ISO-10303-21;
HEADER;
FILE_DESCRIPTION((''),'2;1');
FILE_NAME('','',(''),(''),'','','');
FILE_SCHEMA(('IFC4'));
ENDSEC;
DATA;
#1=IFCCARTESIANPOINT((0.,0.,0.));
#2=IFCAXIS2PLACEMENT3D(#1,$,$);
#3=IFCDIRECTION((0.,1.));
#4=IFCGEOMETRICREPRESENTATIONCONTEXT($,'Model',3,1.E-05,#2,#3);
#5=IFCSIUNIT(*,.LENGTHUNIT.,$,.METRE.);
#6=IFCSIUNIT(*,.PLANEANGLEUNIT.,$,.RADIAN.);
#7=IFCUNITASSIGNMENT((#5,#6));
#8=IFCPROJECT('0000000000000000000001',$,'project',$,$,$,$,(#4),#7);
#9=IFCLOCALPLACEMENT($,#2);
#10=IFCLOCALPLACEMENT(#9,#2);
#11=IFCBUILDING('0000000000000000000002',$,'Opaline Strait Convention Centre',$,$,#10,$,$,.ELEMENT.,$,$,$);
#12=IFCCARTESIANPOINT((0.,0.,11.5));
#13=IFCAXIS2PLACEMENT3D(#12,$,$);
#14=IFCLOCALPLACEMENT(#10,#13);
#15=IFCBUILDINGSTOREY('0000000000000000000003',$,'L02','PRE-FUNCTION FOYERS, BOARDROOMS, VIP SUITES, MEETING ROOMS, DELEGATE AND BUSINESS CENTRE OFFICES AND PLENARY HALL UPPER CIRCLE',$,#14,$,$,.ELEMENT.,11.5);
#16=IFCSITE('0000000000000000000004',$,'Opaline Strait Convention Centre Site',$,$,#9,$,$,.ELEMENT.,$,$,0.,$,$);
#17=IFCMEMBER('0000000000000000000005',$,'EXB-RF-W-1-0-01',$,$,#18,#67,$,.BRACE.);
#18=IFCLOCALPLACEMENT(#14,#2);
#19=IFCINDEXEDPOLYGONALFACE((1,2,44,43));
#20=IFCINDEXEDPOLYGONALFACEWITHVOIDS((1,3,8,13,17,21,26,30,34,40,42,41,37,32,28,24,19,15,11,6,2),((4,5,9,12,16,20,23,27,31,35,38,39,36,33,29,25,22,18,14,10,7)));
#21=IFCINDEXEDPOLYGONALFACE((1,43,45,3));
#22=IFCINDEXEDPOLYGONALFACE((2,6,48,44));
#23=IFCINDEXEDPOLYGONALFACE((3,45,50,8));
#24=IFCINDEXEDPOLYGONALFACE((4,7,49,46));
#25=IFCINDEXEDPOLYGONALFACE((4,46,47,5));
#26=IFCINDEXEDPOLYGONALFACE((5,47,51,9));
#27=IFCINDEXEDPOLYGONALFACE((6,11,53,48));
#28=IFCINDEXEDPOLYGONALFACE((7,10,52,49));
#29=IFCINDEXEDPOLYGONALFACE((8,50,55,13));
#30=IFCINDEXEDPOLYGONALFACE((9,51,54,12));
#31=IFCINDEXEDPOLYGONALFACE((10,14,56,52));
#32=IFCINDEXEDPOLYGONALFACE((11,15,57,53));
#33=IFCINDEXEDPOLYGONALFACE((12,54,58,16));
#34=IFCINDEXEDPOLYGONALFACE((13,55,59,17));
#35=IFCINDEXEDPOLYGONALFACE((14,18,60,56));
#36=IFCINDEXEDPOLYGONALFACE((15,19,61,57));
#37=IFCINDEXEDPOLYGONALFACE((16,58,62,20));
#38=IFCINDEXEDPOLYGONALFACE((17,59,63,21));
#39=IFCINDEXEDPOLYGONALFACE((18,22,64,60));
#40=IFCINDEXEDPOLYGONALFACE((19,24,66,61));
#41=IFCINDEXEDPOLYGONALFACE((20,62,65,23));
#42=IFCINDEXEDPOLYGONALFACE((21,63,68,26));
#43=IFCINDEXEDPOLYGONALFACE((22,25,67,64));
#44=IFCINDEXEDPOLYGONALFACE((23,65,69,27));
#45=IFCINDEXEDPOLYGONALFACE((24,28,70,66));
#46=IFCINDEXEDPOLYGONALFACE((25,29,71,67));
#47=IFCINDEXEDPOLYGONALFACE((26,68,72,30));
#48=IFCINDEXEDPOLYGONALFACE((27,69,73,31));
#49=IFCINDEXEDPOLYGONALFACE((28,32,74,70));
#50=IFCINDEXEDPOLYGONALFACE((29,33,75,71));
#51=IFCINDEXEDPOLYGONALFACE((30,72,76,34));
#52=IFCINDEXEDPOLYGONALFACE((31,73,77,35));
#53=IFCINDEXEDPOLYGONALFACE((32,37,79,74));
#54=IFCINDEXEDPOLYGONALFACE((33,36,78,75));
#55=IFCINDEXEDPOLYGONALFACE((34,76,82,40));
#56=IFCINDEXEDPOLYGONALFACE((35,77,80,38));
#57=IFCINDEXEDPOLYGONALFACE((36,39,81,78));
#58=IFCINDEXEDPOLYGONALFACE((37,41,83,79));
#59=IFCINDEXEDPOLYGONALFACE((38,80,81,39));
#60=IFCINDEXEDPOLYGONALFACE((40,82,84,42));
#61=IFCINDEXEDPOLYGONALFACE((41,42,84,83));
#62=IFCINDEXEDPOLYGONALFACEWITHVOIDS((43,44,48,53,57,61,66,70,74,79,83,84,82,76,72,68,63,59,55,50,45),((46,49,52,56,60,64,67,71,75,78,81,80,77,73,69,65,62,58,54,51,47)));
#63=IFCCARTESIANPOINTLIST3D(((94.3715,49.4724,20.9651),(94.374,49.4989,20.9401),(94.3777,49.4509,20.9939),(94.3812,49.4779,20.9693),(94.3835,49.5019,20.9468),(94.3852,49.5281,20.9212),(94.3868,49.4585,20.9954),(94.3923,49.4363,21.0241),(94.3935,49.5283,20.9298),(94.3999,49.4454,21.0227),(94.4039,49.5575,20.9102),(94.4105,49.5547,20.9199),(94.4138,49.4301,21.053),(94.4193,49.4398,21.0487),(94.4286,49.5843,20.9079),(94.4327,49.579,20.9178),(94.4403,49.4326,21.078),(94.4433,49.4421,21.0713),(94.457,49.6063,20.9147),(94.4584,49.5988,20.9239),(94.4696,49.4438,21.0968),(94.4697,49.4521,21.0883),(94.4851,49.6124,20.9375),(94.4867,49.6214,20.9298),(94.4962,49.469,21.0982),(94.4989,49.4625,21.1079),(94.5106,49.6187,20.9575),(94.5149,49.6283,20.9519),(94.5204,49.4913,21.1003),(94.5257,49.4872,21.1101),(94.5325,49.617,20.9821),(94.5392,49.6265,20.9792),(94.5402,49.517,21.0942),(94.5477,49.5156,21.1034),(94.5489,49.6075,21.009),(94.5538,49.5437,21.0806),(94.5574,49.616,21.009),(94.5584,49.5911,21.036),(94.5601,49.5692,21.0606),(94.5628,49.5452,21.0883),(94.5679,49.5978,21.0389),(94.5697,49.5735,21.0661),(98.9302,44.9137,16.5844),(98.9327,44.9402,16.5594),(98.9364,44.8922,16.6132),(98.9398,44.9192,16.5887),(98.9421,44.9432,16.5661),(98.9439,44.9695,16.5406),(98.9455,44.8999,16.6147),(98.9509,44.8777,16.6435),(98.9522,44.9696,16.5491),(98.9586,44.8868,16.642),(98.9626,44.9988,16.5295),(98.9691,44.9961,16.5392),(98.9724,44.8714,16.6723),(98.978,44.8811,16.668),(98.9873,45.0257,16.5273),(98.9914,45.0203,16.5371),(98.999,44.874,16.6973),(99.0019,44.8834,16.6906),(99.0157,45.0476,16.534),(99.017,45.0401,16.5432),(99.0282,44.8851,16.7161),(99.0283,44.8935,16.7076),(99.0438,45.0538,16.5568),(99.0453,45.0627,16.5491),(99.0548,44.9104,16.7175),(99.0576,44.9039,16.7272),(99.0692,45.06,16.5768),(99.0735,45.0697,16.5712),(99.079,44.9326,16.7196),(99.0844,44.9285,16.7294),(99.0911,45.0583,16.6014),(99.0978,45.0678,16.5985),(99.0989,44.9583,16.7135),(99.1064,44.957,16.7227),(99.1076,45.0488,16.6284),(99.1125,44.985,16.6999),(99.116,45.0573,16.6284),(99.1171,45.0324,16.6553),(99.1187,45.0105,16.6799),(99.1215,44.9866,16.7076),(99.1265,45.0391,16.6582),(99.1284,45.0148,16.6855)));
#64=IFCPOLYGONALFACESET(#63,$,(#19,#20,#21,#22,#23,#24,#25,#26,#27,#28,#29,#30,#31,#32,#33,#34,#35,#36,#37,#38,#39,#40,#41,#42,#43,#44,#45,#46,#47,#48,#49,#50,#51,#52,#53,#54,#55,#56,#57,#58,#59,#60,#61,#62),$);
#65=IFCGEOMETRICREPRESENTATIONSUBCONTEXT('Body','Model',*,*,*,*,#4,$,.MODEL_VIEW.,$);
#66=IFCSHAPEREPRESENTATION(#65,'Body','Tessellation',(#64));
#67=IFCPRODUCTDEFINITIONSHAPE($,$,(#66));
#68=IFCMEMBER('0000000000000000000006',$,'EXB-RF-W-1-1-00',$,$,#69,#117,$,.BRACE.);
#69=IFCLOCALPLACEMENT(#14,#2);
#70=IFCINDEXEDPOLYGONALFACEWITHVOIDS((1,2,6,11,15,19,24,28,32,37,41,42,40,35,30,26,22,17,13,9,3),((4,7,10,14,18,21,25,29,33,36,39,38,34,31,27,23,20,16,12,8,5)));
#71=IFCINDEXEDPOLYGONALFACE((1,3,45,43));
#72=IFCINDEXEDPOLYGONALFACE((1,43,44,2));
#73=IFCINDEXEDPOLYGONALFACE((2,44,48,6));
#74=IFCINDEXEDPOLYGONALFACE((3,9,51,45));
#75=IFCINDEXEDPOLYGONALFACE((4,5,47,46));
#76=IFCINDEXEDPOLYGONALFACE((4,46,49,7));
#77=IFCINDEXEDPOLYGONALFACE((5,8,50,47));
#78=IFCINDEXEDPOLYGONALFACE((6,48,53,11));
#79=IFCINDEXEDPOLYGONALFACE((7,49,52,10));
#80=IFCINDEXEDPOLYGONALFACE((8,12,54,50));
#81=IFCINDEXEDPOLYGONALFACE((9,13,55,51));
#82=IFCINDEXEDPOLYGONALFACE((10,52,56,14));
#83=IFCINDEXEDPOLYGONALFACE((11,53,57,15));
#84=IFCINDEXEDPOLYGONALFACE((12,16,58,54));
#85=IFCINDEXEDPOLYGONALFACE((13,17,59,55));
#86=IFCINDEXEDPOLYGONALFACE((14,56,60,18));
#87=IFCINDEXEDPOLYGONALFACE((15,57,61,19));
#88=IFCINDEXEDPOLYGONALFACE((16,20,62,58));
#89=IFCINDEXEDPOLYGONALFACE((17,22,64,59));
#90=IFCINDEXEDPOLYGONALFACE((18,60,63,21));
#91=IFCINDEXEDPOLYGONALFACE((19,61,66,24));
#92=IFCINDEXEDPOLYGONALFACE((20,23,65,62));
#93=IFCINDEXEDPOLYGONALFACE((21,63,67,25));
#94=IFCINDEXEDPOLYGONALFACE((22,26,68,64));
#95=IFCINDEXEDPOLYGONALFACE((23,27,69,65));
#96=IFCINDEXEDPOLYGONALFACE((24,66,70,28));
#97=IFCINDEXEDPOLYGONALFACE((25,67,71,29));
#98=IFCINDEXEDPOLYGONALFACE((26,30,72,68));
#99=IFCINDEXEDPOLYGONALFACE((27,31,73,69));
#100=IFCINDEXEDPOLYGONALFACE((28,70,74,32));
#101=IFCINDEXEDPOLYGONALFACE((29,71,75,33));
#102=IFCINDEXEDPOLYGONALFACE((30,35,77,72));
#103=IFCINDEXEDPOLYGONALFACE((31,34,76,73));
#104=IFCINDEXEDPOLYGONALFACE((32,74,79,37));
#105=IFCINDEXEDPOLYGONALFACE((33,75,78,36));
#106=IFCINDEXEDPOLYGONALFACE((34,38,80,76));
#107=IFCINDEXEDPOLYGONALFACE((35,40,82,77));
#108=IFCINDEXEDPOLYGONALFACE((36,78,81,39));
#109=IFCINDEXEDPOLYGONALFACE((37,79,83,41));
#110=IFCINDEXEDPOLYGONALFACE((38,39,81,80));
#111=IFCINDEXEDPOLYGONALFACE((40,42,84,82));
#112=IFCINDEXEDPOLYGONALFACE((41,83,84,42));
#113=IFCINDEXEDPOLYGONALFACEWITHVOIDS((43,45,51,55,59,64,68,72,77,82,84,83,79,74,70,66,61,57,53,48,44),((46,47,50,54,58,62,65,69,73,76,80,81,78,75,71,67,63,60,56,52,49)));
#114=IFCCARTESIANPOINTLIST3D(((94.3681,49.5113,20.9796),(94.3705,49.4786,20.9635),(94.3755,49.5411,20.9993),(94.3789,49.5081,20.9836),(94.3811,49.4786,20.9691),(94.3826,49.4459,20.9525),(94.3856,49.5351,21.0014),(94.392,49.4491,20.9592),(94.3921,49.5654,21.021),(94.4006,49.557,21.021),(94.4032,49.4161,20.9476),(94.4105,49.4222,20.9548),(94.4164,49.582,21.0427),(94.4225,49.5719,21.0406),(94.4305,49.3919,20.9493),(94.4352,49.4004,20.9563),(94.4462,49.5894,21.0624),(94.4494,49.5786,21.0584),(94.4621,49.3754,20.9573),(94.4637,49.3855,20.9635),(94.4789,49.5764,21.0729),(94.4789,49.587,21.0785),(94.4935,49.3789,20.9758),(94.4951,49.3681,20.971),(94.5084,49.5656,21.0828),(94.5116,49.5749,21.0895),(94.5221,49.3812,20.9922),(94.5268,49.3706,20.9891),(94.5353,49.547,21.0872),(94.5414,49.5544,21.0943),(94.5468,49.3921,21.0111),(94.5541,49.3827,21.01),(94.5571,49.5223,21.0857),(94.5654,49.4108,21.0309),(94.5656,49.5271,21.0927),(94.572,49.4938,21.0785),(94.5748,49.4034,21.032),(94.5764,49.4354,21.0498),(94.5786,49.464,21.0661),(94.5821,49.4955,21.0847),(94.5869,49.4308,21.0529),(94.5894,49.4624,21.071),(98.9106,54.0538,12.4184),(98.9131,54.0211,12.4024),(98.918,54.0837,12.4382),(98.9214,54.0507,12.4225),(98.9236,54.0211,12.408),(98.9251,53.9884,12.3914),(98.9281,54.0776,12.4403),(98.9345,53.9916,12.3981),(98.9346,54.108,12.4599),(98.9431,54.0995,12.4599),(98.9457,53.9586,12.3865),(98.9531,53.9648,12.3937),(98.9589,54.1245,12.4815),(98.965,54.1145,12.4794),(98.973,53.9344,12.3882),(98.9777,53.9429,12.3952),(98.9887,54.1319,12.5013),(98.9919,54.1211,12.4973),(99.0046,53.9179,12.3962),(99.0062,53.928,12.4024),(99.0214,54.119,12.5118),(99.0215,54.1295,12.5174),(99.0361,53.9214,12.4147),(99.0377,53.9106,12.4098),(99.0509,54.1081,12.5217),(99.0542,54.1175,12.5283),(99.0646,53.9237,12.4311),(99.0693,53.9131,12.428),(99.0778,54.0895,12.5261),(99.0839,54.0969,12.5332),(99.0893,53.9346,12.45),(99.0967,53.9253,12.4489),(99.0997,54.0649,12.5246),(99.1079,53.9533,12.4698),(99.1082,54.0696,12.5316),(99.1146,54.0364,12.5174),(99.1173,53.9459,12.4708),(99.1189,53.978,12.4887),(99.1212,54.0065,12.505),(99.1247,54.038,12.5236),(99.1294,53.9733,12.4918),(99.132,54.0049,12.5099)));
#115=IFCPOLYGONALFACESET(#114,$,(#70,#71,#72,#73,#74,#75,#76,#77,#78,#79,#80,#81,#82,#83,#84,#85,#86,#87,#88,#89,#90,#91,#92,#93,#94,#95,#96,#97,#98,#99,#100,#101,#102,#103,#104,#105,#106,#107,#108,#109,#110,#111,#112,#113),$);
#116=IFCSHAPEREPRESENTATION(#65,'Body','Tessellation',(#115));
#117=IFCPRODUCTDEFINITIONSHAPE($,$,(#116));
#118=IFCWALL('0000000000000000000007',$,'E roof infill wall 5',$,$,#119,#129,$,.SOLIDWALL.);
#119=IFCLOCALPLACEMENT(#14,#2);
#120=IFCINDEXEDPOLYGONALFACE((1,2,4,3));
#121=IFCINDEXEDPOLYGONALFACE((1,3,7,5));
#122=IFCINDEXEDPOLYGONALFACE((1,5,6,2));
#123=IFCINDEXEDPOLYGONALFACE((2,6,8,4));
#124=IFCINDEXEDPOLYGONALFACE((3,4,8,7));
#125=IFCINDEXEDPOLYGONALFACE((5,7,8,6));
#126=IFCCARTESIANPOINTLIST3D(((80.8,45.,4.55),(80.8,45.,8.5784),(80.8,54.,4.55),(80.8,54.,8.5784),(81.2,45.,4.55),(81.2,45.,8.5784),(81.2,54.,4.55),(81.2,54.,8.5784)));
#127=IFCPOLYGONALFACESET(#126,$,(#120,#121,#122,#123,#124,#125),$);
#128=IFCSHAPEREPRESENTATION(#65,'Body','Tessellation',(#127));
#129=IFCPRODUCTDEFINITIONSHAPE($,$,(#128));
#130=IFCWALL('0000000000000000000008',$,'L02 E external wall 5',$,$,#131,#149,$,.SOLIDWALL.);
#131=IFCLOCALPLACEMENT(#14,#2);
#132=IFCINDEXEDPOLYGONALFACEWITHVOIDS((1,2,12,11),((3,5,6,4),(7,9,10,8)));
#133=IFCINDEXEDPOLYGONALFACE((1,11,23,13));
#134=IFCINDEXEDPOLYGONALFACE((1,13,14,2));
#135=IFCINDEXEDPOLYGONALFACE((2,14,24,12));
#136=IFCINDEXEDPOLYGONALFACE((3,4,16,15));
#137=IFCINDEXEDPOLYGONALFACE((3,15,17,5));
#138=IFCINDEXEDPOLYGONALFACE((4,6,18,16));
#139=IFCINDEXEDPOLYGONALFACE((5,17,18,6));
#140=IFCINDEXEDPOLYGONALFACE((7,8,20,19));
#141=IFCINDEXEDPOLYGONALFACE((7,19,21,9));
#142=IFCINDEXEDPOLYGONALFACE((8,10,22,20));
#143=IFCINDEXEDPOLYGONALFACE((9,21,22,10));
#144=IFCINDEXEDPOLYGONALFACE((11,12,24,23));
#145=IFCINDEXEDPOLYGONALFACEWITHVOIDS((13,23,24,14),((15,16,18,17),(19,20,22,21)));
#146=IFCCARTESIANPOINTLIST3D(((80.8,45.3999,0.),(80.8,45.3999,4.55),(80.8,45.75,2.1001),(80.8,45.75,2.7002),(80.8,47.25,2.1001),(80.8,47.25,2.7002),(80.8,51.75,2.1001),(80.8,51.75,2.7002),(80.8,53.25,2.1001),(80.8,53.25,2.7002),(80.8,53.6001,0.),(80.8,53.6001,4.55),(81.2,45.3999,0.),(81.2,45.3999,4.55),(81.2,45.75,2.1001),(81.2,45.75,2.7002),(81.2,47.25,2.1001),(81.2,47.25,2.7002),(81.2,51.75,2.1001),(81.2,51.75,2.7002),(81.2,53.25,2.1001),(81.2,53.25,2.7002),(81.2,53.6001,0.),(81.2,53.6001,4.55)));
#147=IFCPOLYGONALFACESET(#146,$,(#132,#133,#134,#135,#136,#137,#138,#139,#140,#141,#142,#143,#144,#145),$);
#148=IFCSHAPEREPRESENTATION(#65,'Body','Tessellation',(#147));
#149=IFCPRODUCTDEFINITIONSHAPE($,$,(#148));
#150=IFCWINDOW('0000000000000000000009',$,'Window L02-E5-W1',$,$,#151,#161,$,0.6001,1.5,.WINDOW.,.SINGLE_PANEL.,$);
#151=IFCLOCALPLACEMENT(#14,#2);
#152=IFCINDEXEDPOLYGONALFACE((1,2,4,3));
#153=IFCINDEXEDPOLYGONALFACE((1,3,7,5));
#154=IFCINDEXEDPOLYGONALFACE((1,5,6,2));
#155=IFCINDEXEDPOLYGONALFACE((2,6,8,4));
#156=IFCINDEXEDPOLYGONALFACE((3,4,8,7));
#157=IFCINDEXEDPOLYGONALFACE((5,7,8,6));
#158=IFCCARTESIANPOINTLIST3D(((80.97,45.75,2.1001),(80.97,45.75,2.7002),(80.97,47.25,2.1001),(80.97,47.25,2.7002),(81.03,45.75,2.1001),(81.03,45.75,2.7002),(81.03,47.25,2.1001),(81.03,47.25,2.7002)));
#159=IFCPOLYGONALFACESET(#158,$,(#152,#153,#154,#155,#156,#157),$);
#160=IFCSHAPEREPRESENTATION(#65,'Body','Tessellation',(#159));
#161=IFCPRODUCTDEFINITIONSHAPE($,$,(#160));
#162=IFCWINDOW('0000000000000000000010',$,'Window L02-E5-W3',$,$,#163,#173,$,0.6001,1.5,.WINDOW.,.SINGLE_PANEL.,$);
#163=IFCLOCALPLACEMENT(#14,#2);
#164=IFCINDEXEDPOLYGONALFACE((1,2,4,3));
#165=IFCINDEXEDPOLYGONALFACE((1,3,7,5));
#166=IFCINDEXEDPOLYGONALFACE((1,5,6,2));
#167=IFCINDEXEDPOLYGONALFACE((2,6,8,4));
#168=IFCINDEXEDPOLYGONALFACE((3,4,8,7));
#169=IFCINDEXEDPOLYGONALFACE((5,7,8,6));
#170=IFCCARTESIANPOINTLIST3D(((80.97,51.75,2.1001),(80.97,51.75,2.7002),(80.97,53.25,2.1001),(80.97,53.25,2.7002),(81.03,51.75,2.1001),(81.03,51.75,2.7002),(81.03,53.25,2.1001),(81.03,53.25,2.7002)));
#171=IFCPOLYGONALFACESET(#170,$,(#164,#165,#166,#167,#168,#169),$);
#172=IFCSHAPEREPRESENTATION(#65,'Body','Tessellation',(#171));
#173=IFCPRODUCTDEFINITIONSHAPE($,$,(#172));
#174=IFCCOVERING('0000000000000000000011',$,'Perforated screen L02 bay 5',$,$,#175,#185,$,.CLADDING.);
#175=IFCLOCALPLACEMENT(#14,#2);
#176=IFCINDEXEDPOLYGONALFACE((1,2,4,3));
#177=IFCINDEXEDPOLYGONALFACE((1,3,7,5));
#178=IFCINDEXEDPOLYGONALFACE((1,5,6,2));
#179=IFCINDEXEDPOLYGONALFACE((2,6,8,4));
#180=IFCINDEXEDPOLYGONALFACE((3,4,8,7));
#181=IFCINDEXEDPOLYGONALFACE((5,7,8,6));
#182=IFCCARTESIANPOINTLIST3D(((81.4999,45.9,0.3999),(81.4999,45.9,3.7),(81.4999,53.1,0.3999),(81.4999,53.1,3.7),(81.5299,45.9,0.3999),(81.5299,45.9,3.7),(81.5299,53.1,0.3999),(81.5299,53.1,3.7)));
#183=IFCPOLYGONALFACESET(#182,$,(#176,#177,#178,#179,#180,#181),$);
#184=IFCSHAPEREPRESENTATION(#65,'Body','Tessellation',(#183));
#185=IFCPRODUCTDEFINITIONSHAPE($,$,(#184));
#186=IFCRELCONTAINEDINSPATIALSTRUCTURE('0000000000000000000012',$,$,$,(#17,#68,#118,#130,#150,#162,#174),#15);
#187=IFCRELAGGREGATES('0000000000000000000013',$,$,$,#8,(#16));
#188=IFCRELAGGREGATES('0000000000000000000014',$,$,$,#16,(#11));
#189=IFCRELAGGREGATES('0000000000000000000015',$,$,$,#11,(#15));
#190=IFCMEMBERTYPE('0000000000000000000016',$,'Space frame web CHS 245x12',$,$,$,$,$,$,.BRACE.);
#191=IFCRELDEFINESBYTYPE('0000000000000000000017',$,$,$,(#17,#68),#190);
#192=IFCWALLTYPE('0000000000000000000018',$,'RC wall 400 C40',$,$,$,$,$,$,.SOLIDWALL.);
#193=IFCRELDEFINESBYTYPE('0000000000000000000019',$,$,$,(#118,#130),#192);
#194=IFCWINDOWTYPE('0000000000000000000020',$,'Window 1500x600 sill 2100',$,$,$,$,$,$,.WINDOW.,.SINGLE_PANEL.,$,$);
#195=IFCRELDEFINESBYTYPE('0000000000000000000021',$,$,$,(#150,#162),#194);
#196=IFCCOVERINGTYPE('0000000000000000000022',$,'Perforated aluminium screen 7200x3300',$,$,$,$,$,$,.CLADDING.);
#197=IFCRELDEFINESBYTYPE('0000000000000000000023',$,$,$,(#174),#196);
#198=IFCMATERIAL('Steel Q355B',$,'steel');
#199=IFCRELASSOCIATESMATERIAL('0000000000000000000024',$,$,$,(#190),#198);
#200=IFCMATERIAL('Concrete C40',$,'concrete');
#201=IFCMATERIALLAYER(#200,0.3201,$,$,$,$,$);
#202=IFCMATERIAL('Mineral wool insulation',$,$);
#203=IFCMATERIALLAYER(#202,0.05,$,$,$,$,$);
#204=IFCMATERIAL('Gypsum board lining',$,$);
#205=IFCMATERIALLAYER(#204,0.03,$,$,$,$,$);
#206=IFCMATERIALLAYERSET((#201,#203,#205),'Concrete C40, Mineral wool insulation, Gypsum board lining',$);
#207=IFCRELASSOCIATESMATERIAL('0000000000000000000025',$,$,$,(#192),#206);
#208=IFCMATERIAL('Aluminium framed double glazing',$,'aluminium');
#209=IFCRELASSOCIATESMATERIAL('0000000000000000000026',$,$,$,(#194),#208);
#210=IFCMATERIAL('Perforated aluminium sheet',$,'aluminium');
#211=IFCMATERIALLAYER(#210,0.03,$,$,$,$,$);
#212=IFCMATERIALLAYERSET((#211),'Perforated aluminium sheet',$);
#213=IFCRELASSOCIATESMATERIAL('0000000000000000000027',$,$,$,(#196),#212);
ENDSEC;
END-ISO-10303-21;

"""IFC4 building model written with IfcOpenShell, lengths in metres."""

from ifc_helpers import new_model, si_unit, direction, frame, frame_2d, origin, origin_2d, place, context, subcontext, project, spatial, rectangle, hollow_circle, extrude, material, layer, layer_set, material_profile, profile_set, type_object, element, fill, save


model = new_model("IFC4")

# Units and contexts
model_context = context("Model", 3, precision=1e-05, world=origin(), true_north=direction((0.0, 1.0)))
body_context = subcontext(model_context, "Body", "Model", "MODEL_VIEW")
ifc_project = project(units=[si_unit("LENGTHUNIT", "METRE"), si_unit("PLANEANGLEUNIT", "RADIAN")], contexts=[model_context])

# Site, building, storey
site_placement = place(None, origin())
site = spatial("IfcSite", under=ifc_project, at=site_placement, Name="Opaline Strait Convention Centre Site", CompositionType="ELEMENT", RefElevation=0.0)
building_placement = place(site_placement, origin())
building = spatial("IfcBuilding", under=site, at=building_placement, Name="Opaline Strait Convention Centre", CompositionType="ELEMENT")
storey_placement = place(building_placement, frame((0.0, 0.0, 11.5)))
storey = spatial("IfcBuildingStorey", under=building, at=storey_placement, Name="L02", Description="PRE-FUNCTION FOYERS, BOARDROOMS, VIP SUITES, MEETING ROOMS, DELEGATE AND BUSINESS CENTRE OFFICES AND PLENARY HALL UPPER CIRCLE", CompositionType="ELEMENT", Elevation=11.5)

# Shared definitions
ifc_material_1 = material(Name="Concrete C40", Category="concrete")

# Shared definitions
ifc_material_2 = material(Name="Steel Q355B", Category="steel")

# Members
ifc_material_profile_1 = material_profile(ifc_material_2, hollow_circle(Radius=0.1226, WallThickness=0.012, at=origin_2d()), Name="CHS 245x12")
ifc_profile_set_1 = profile_set([ifc_material_profile_1], Name="Steel Q355B")
member_type_1 = type_object("IfcMemberType", Name="Space frame web CHS 245x12", PredefinedType="BRACE", material=ifc_profile_set_1)
for number, where, z_axis, x_axis, name in (
    (1, (94.4707, 49.5293, 21.009), (0.584861, -0.584861, -0.562027), (0.707107, 0.707107, 0.0), "EXB-RF-W-1-0-01"),
):
    element("IfcMember", number, at=place(storey_placement, frame(where, z_axis=z_axis, x_axis=x_axis)), inside=storey, type_object=member_type_1, Name=name, PredefinedType="BRACE", context=body_context, shape_type="SweptSolid", body=[
        extrude(hollow_circle(Radius=0.1226, WallThickness=0.012, at=origin_2d()), origin(), (0.0, 0.0, 1.0), 7.7944),
    ])
member_1_placement = place(storey_placement, frame((94.4788, 49.4788, 21.021), z_axis=(0.424402, 0.424402, -0.799854), x_axis=(-0.707107, 0.707107, 0.0)))
element("IfcMember", 2, at=member_1_placement, inside=storey, type_object=member_type_1, Name="EXB-RF-W-1-1-00", PredefinedType="BRACE", context=body_context, shape_type="SweptSolid", body=[
    extrude(hollow_circle(Radius=0.1226, WallThickness=0.012, at=origin_2d()), origin(), (0.0, 0.0, 1.0), 10.7034),
])

# Wall
ifc_layer_1 = layer(ifc_material_1, 0.3201)
ifc_material_3 = material(Name="Mineral wool insulation")
ifc_layer_2 = layer(ifc_material_3, 0.05)
ifc_material_4 = material(Name="Gypsum board lining")
ifc_layer_3 = layer(ifc_material_4, 0.03)
ifc_layer_set_1 = layer_set([ifc_layer_1, ifc_layer_2, ifc_layer_3], Name="Concrete C40, Mineral wool insulation, Gypsum board lining")
wall_type = type_object("IfcWallType", Name="RC wall 400 C40", PredefinedType="SOLIDWALL", material=ifc_layer_set_1)
wall_1_placement = place(storey_placement, frame((81.0, 45.0, 4.55), z_axis=(0.0, 0.0, 1.0), x_axis=(0.0, 1.0, 0.0)))
element("IfcWall", 3, at=wall_1_placement, inside=storey, type_object=wall_type, Name="E roof infill wall 5", PredefinedType="SOLIDWALL", context=body_context, shape_type="SweptSolid", body=[
    extrude(rectangle(XDim=9.0, YDim=0.3999, at=frame_2d((4.5, 0.0))), origin(), (0.0, 0.0, 1.0), 4.0283),
])

# Wall, openings, windows
wall_2_placement = place(storey_placement, frame((81.0, 45.3999, 0.0), z_axis=(0.0, 0.0, 1.0), x_axis=(0.0, 1.0, 0.0)))
wall_2 = element("IfcWall", 4, at=wall_2_placement, inside=storey, type_object=wall_type, Name="L02 E external wall 5", PredefinedType="SOLIDWALL", context=body_context, shape_type="SweptSolid", body=[
    extrude(rectangle(XDim=8.2002, YDim=0.3999, at=frame_2d((4.1001, 0.0))), origin(), (0.0, 0.0, 1.0), 4.55),
])
opening_1_placement = place(wall_2_placement, frame((0.3501, 0.0, 2.1001)))
opening_1 = element("IfcOpeningElement", 5, at=opening_1_placement, cuts=wall_2, PredefinedType="OPENING", context=body_context, shape_type="SweptSolid", body=[
    extrude(rectangle(XDim=1.5, YDim=0.6001, at=frame_2d((0.75, 0.3))), frame((0.0, 0.21, 0.0), z_axis=(0.0, -1.0, 0.0), x_axis=(1.0, 0.0, 0.0)), (0.0, 0.0, 1.0), 0.4199),
])
opening_2_placement = place(wall_2_placement, frame((6.3501, 0.0, 2.1001)))
opening_2 = element("IfcOpeningElement", 6, at=opening_2_placement, cuts=wall_2, PredefinedType="OPENING", context=body_context, shape_type="SweptSolid", body=[
    extrude(rectangle(XDim=1.5, YDim=0.6001, at=frame_2d((0.75, 0.3))), frame((0.0, 0.21, 0.0), z_axis=(0.0, -1.0, 0.0), x_axis=(1.0, 0.0, 0.0)), (0.0, 0.0, 1.0), 0.4199),
])
ifc_material_5 = material(Name="Aluminium framed double glazing", Category="aluminium")
window_type = type_object("IfcWindowType", Name="Window 1500x600 sill 2100", PartitioningType="SINGLE_PANEL", PredefinedType="WINDOW", material=ifc_material_5)
window_1_placement = place(opening_1_placement, origin())
window_1 = element("IfcWindow", 7, at=window_1_placement, inside=storey, type_object=window_type, Name="Window L02-E5-W1", OverallHeight=0.6001, OverallWidth=1.5, PartitioningType="SINGLE_PANEL", PredefinedType="WINDOW", context=body_context, shape_type="SweptSolid", body=[
    extrude(rectangle(XDim=1.5, YDim=0.6001, at=frame_2d((0.75, 0.3))), frame((0.0, 0.03, 0.0), z_axis=(0.0, -1.0, 0.0), x_axis=(1.0, 0.0, 0.0)), (0.0, 0.0, 1.0), 0.0601),
])
fill(opening_1, window_1)
window_2_placement = place(opening_2_placement, origin())
window_2 = element("IfcWindow", 8, at=window_2_placement, inside=storey, type_object=window_type, Name="Window L02-E5-W3", OverallHeight=0.6001, OverallWidth=1.5, PartitioningType="SINGLE_PANEL", PredefinedType="WINDOW", context=body_context, shape_type="SweptSolid", body=[
    extrude(rectangle(XDim=1.5, YDim=0.6001, at=frame_2d((0.75, 0.3))), frame((0.0, 0.03, 0.0), z_axis=(0.0, -1.0, 0.0), x_axis=(1.0, 0.0, 0.0)), (0.0, 0.0, 1.0), 0.0601),
])
fill(opening_2, window_2)

# Covering
ifc_material_6 = material(Name="Perforated aluminium sheet", Category="aluminium")
ifc_layer_4 = layer(ifc_material_6, 0.03)
ifc_layer_set_2 = layer_set([ifc_layer_4], Name="Perforated aluminium sheet")
covering_type = type_object("IfcCoveringType", Name="Perforated aluminium screen 7200x3300", PredefinedType="CLADDING", material=ifc_layer_set_2)
covering_placement = place(storey_placement, frame((81.5149, 49.5, 0.3999), z_axis=(0.0, 0.0, 1.0), x_axis=(1.0, 0.0, 0.0)))
element("IfcCovering", 9, at=covering_placement, inside=storey, type_object=covering_type, Name="Perforated screen L02 bay 5", PredefinedType="CLADDING", context=body_context, shape_type="SweptSolid", body=[
    extrude(rectangle(XDim=0.03, YDim=7.2, at=origin_2d()), origin(), (0.0, 0.0, 1.0), 3.3),
])

save(model, "model.ifc")
